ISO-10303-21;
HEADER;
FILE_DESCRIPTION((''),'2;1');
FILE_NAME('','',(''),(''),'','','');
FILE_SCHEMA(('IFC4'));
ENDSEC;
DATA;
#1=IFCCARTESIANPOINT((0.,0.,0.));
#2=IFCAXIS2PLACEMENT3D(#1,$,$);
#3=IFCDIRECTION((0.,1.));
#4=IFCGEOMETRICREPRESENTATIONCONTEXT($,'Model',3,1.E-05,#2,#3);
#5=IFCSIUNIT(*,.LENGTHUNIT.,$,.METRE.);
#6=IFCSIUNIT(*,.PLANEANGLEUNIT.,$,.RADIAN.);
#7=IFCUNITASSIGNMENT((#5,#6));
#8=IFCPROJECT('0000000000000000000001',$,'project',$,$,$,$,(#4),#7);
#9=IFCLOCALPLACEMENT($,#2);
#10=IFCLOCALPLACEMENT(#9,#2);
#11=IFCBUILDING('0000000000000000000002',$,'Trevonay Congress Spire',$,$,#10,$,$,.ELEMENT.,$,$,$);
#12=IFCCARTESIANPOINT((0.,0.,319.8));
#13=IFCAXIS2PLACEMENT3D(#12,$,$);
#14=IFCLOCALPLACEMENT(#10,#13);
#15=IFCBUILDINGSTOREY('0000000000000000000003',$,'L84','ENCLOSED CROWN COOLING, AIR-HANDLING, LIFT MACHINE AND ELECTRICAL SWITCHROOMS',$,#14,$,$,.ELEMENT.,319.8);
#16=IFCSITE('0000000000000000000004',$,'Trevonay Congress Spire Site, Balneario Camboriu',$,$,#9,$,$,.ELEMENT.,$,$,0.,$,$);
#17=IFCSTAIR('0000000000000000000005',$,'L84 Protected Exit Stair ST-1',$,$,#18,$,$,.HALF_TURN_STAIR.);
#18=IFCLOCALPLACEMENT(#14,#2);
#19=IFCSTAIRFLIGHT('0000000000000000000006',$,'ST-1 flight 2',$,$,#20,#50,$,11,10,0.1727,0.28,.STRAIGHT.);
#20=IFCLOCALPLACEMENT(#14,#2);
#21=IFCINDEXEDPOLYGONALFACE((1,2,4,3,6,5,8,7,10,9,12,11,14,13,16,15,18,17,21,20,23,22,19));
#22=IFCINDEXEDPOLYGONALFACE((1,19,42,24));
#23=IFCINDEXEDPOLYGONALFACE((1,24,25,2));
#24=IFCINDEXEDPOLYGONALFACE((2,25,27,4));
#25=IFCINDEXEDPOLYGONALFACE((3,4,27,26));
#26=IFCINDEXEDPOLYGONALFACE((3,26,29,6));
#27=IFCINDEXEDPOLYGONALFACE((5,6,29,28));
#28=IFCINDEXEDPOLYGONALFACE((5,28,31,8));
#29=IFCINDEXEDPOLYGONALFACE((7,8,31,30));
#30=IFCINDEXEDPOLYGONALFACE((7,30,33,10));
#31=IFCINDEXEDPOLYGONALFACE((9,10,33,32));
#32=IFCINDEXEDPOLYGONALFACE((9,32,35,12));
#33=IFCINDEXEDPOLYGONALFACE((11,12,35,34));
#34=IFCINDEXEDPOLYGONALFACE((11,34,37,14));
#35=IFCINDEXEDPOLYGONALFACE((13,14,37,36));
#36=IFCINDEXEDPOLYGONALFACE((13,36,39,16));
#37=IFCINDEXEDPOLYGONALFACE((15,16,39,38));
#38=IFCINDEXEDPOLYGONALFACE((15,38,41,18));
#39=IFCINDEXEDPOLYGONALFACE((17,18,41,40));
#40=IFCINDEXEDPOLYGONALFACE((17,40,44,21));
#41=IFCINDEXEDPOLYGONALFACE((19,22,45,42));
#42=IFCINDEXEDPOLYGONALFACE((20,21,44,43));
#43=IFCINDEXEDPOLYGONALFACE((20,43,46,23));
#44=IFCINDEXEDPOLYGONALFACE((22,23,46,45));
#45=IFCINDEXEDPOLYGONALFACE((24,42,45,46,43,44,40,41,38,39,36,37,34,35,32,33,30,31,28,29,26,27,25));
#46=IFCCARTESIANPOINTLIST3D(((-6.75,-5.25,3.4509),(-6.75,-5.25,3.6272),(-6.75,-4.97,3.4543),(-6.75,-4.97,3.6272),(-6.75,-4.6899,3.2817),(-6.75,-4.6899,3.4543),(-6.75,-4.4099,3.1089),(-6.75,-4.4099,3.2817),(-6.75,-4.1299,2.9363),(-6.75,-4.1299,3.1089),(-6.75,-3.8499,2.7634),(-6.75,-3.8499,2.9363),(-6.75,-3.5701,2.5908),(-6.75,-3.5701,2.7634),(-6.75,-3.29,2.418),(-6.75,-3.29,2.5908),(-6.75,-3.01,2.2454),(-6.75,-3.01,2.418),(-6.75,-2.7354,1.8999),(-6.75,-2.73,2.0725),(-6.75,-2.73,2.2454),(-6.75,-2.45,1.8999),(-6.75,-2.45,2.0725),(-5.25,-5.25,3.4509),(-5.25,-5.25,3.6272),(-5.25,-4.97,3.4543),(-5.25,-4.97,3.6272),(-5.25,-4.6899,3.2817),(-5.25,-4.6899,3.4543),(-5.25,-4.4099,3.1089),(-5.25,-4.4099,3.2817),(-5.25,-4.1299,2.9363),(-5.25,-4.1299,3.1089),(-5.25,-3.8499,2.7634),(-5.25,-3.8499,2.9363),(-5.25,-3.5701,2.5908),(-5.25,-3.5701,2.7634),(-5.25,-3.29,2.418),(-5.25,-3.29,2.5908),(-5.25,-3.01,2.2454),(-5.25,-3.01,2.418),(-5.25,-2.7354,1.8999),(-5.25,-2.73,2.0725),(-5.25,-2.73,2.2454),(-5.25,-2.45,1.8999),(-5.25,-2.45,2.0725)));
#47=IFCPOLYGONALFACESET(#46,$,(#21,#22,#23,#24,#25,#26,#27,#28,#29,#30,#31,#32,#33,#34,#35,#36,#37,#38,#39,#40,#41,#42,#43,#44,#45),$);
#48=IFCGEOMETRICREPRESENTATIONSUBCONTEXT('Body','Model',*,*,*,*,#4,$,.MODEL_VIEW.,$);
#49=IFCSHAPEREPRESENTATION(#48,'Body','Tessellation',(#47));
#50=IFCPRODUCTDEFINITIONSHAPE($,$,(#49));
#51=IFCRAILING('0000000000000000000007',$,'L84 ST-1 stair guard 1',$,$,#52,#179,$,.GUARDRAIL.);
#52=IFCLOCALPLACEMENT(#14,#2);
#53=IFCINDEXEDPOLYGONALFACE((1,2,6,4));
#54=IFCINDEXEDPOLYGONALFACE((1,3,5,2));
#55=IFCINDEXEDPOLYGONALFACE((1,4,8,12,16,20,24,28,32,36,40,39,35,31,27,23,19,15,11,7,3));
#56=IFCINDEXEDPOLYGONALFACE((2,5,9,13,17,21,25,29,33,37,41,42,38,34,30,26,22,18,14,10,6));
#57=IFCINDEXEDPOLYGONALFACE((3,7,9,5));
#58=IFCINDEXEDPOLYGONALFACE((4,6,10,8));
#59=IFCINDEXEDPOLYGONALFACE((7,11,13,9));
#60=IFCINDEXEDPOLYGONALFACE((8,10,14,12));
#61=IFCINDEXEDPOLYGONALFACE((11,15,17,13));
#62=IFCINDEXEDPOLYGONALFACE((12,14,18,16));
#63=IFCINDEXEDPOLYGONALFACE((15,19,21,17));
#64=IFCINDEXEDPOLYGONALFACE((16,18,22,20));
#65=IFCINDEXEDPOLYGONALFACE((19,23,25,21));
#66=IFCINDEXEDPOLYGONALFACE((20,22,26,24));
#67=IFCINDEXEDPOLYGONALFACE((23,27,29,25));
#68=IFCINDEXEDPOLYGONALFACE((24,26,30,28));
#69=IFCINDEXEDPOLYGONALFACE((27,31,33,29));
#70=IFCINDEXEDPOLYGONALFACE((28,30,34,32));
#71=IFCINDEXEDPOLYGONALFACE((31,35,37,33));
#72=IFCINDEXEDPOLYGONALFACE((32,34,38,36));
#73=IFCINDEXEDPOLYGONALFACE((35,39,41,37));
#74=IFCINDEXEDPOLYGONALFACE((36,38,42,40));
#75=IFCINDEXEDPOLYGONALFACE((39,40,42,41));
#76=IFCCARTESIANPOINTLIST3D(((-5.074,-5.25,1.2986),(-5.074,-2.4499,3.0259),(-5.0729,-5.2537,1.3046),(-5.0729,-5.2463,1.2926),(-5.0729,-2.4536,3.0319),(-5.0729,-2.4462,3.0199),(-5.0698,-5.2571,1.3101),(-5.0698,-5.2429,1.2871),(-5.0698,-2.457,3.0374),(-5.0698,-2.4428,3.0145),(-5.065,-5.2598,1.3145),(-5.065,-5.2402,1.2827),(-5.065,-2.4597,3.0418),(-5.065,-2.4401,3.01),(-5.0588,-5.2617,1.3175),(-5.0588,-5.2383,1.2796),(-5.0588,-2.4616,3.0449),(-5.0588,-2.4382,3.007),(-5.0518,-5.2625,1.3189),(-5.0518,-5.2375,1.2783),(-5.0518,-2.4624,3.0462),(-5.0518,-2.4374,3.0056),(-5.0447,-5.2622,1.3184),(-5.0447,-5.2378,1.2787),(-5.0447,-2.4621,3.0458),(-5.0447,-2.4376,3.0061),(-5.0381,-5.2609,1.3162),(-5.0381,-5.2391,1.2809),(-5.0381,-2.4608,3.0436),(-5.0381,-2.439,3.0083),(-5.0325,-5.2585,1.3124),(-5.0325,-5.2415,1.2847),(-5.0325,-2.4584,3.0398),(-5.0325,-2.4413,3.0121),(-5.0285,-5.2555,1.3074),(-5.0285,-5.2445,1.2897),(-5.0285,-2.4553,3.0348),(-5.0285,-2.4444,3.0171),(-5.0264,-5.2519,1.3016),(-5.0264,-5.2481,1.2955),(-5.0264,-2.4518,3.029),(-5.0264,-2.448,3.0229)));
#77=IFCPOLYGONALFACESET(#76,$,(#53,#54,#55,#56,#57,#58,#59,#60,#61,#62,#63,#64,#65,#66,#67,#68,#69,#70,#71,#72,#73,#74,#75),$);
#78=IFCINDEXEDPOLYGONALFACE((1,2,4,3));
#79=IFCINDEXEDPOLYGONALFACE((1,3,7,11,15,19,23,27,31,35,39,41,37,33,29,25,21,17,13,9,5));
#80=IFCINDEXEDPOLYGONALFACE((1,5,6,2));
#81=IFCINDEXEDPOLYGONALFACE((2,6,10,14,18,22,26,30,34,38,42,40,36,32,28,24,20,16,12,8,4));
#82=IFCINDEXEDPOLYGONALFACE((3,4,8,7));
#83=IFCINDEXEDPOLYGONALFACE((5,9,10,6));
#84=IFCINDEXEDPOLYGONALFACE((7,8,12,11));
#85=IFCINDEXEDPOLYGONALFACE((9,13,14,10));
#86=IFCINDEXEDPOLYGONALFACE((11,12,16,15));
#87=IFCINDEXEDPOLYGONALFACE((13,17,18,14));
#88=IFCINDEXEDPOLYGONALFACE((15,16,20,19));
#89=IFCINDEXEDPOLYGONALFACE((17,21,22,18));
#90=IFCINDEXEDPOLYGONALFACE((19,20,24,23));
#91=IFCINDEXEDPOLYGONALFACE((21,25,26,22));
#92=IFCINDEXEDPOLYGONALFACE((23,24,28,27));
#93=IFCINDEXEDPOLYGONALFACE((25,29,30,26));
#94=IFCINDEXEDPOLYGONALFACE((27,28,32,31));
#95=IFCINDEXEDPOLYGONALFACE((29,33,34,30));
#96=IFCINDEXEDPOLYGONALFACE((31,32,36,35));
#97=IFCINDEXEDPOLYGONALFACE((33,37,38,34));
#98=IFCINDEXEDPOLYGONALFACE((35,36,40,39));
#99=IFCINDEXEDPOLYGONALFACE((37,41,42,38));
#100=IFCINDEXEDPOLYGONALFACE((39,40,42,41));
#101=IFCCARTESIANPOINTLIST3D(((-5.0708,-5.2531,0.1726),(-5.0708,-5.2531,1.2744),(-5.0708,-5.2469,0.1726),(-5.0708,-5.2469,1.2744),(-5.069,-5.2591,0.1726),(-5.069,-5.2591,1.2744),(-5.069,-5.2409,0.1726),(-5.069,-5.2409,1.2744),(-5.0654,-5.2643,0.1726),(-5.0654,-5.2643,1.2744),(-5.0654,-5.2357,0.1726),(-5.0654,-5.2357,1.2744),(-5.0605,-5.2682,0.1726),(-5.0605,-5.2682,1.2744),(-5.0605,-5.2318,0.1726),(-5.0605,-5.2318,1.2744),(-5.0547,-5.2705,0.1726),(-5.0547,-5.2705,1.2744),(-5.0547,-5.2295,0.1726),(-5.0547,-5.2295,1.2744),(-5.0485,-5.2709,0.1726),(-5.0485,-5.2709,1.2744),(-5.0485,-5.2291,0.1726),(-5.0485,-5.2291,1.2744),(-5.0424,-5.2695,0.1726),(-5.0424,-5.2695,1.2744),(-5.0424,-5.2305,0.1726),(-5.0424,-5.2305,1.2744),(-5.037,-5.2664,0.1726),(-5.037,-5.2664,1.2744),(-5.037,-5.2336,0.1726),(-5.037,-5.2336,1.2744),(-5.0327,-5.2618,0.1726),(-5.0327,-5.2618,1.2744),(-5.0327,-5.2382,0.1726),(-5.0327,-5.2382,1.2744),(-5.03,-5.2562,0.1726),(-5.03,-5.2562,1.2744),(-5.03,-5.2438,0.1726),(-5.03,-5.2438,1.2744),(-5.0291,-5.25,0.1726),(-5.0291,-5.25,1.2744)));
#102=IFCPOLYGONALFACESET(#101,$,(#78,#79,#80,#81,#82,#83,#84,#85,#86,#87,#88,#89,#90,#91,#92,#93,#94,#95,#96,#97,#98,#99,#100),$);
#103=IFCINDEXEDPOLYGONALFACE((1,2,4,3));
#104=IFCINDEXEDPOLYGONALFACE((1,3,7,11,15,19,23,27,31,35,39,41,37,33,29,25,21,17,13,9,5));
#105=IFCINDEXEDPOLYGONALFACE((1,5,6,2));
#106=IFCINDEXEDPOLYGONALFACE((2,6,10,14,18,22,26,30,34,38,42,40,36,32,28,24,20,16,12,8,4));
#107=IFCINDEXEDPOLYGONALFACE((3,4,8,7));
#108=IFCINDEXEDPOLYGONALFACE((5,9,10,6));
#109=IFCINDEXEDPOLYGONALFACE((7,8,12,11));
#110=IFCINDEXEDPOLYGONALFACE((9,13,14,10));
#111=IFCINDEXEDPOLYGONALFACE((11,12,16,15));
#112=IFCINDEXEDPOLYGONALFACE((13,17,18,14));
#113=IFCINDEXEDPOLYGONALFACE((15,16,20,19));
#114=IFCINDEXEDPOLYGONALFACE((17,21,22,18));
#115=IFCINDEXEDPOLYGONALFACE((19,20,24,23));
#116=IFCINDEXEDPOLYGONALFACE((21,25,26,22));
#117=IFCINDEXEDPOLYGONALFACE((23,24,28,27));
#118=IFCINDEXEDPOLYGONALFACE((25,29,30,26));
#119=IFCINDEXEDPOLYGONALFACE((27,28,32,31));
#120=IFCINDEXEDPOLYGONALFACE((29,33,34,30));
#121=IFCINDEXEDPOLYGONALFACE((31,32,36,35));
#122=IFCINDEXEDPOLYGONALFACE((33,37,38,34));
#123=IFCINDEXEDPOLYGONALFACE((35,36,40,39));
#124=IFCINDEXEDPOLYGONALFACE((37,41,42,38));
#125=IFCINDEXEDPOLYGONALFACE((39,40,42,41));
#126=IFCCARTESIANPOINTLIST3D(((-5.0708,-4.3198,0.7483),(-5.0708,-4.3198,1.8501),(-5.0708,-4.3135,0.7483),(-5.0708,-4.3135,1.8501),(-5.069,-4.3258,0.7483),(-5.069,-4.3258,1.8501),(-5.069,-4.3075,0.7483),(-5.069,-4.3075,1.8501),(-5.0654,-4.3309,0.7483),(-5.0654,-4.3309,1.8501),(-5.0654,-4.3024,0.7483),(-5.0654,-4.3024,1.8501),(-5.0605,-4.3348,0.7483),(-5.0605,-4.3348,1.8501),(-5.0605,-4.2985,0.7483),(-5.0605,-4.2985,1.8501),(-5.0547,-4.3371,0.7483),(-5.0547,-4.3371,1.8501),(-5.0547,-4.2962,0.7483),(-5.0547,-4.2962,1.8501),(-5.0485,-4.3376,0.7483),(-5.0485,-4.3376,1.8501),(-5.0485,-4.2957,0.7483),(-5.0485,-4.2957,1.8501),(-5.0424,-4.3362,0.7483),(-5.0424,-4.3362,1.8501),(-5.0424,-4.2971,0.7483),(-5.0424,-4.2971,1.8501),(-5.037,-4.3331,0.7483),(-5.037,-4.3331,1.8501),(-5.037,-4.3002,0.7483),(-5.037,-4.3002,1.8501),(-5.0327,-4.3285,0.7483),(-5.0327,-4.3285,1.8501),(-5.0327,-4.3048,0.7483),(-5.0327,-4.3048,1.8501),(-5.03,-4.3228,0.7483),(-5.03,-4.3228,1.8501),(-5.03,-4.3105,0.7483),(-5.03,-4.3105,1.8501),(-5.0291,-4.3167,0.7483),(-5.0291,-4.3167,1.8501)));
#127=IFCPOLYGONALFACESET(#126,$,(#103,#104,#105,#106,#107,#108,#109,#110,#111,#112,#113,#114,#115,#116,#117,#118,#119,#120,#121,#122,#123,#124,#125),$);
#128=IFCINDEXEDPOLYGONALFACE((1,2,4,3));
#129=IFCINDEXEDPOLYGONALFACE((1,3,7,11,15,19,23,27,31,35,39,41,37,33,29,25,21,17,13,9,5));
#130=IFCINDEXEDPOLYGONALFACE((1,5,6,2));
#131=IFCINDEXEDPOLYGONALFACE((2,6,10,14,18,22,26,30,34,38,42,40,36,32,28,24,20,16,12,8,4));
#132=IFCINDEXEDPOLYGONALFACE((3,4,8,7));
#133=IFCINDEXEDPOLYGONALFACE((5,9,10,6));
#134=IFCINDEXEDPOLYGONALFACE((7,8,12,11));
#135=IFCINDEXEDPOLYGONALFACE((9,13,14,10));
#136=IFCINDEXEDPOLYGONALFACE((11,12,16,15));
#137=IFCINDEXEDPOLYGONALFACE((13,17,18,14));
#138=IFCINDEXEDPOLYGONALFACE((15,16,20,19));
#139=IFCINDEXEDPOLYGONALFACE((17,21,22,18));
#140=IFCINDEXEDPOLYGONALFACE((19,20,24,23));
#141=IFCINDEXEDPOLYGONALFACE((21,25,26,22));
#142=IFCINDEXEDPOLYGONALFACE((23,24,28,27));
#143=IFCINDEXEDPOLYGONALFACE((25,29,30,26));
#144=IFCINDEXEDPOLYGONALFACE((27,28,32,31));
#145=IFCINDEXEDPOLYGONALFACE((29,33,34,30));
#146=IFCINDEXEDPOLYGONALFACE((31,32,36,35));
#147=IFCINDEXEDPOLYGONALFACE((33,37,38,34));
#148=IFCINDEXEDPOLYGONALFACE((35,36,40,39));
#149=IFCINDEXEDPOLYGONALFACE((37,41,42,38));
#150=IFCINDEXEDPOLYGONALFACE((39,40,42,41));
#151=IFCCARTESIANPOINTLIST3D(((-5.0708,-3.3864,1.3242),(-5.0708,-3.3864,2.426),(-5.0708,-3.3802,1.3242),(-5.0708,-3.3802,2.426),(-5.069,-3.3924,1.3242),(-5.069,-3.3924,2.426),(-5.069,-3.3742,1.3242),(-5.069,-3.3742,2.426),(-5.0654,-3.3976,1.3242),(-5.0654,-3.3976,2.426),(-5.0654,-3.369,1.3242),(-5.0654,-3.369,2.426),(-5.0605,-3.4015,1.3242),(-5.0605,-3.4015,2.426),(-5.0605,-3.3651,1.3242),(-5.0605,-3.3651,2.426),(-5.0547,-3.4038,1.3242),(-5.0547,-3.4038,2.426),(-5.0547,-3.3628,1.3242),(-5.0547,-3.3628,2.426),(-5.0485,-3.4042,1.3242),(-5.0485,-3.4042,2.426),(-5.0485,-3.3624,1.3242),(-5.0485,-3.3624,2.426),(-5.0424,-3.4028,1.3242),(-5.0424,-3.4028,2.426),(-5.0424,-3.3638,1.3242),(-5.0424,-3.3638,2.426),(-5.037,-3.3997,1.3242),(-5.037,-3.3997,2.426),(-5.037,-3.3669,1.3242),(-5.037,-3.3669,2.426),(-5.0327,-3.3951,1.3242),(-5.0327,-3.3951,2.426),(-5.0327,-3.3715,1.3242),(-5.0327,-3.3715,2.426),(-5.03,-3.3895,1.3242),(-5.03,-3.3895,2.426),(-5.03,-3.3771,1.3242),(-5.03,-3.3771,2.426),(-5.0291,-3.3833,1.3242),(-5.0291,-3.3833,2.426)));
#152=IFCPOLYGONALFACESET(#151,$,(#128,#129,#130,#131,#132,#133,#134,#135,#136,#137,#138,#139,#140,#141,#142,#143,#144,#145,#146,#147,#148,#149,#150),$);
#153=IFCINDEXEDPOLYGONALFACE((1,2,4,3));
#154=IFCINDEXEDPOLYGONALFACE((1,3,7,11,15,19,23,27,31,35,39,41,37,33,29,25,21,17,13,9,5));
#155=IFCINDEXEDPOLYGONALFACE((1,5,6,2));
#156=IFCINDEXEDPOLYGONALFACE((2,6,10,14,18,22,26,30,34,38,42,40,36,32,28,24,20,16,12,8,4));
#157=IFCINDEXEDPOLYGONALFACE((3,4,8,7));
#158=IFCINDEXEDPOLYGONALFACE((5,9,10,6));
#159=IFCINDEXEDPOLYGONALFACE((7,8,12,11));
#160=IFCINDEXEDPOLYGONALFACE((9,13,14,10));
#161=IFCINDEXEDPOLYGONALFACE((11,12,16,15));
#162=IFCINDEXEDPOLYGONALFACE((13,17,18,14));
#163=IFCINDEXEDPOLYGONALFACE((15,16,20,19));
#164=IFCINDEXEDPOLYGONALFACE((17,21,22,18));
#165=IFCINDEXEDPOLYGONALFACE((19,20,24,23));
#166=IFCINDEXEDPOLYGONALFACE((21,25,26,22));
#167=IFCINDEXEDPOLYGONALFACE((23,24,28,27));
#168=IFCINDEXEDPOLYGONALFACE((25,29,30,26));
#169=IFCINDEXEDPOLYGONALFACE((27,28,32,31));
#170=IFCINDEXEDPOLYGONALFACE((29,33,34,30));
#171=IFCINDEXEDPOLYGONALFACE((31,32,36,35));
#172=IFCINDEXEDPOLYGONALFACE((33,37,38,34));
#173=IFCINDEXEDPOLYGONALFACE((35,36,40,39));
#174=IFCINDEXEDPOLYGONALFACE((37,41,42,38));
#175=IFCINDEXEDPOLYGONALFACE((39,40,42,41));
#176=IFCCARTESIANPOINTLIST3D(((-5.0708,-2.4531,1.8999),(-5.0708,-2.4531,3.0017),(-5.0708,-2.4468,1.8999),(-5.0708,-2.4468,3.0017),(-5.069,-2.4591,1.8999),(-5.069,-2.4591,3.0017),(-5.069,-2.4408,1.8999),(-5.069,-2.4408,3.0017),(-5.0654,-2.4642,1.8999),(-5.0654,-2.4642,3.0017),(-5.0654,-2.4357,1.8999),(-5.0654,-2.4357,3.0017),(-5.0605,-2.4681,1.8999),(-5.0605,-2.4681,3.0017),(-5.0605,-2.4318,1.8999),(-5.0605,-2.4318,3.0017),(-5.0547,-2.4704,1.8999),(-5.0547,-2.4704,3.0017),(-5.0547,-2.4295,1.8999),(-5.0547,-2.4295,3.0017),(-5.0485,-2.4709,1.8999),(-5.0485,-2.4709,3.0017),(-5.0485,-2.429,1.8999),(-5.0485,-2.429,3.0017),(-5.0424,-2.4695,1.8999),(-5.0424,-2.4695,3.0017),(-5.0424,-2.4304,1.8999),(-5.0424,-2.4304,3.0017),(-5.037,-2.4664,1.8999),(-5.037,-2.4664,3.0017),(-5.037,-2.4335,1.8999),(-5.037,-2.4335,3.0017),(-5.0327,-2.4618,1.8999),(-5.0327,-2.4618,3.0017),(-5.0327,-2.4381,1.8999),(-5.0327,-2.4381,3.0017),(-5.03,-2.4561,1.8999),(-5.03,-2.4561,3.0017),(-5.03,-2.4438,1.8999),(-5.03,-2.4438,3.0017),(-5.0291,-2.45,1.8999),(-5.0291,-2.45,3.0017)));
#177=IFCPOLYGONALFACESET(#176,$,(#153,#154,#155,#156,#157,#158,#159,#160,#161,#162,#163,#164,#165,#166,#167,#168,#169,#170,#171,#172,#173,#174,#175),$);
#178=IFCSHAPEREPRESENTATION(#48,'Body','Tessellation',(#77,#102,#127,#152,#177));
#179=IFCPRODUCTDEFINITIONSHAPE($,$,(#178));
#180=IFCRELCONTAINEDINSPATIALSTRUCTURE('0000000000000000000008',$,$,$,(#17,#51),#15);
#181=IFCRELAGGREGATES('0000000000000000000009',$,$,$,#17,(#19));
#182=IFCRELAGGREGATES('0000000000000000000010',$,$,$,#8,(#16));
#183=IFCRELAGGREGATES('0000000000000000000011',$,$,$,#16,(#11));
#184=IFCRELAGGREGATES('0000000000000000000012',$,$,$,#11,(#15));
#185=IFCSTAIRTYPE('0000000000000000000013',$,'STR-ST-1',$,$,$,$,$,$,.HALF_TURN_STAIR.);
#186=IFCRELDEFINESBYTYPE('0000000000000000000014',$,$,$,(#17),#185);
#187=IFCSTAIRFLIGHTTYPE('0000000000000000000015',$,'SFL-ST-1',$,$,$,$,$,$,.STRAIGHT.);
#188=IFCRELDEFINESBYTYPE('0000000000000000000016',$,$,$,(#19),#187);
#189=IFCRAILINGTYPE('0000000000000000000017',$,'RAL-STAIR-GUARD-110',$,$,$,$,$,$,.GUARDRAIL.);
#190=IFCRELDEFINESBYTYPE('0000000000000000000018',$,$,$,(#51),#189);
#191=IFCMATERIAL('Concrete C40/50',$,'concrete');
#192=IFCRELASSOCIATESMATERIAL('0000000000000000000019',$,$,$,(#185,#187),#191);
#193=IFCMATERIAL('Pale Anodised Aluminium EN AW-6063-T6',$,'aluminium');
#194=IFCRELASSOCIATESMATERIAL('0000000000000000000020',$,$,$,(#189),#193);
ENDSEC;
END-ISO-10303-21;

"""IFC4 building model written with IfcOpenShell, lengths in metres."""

from ifc_helpers import new_model, si_unit, direction, frame, origin, origin_2d, place, context, subcontext, project, spatial, polyline, circle, outline, extrude, material, type_object, element, aggregate, save


model = new_model("IFC4")

# Units and contexts
model_context = context("Model", 3, precision=1e-05, world=origin(), true_north=direction((0.0, 1.0)))
body_context = subcontext(model_context, "Body", "Model", "MODEL_VIEW")
ifc_project = project(units=[si_unit("LENGTHUNIT", "METRE"), si_unit("PLANEANGLEUNIT", "RADIAN")], contexts=[model_context])

# Site, building, storey
site_placement = place(None, origin())
site = spatial("IfcSite", under=ifc_project, at=site_placement, Name="Trevonay Congress Spire Site, Balneario Camboriu", CompositionType="ELEMENT", RefElevation=0.0)
building_placement = place(site_placement, origin())
building = spatial("IfcBuilding", under=site, at=building_placement, Name="Trevonay Congress Spire", CompositionType="ELEMENT")
storey_placement = place(building_placement, frame((0.0, 0.0, 319.8)))
storey = spatial("IfcBuildingStorey", under=building, at=storey_placement, Name="L84", Description="ENCLOSED CROWN COOLING, AIR-HANDLING, LIFT MACHINE AND ELECTRICAL SWITCHROOMS", CompositionType="ELEMENT", Elevation=319.8)

# Shared definitions
ifc_material_1 = material(Name="Concrete C40/50", Category="concrete")

# Stair, stair flight
stair_type = type_object("IfcStairType", Name="STR-ST-1", PredefinedType="HALF_TURN_STAIR", material=ifc_material_1)
stair_placement = place(storey_placement, origin())
stair = element("IfcStair", 1, at=stair_placement, inside=storey, type_object=stair_type, Name="L84 Protected Exit Stair ST-1", PredefinedType="HALF_TURN_STAIR")
stair_flight_type = type_object("IfcStairFlightType", Name="SFL-ST-1", PredefinedType="STRAIGHT", material=ifc_material_1)
stair_flight_1_placement = place(storey_placement, frame((-6.0, -2.45, 1.8999), z_axis=(0.0, 0.0, 1.0), x_axis=(0.0, -1.0, 0.0)))
stair_flight_1 = element("IfcStairFlight", 2, at=stair_flight_1_placement, type_object=stair_flight_type, Name="ST-1 flight 2", NumberOfRisers=11, NumberOfTreads=10, PredefinedType="STRAIGHT", RiserHeight=0.1727, TreadLength=0.28, context=body_context, shape_type="SweptSolid", body=[
    extrude(outline(polyline([(0.0, 0.0), (0.0, 0.1726), (0.28, 0.1726), (0.28, 0.3455), (0.5601, 0.3455), (0.5601, 0.5181), (0.8401, 0.5181), (0.8401, 0.6909), (1.1201, 0.6909), (1.1201, 0.8635), (1.3999, 0.8635), (1.3999, 1.0364), (1.6799, 1.0364), (1.6799, 1.209), (1.96, 1.209), (1.96, 1.3818), (2.24, 1.3818), (2.24, 1.5544), (2.52, 1.5544), (2.52, 1.7273), (2.8, 1.7273), (2.8, 1.8999), (2.8, 1.551), (0.2854, 0.0), (0.0, 0.0)])), frame((0.0, 0.75, 0.0), z_axis=(0.0, -1.0, 0.0), x_axis=(1.0, 0.0, 0.0)), (0.0, 0.0, 1.0), 1.5),
])
aggregate(stair, [stair_flight_1])

# Railing
ifc_material_2 = material(Name="Pale Anodised Aluminium EN AW-6063-T6", Category="aluminium")
railing_type_1 = type_object("IfcRailingType", Name="RAL-STAIR-GUARD-110", PredefinedType="GUARDRAIL", material=ifc_material_2)
railing_1_placement = place(storey_placement, frame((-5.05, -5.25, 0.1726)))
element("IfcRailing", 3, at=railing_1_placement, inside=storey, type_object=railing_type_1, Name="L84 ST-1 stair guard 1", PredefinedType="GUARDRAIL", context=body_context, shape_type="SweptSolid", body=[
    extrude(circle(Radius=0.0239, at=origin_2d()), frame((0.0, 0.0, 1.126), z_axis=(0.0, 0.85109, 0.52502), x_axis=(-1.0, 0.0, 0.0)), (0.0, 0.0, 1.0), 3.29),
    extrude(circle(Radius=0.021, at=origin_2d()), origin(), (0.0, 0.0, 1.0), 1.1018),
    extrude(circle(Radius=0.021, at=origin_2d()), frame((0.0, 0.9333, 0.5757)), (0.0, 0.0, 1.0), 1.1018),
    extrude(circle(Radius=0.021, at=origin_2d()), frame((0.0, 1.8667, 1.1516)), (0.0, 0.0, 1.0), 1.1018),
    extrude(circle(Radius=0.021, at=origin_2d()), frame((0.0, 2.8, 1.7273)), (0.0, 0.0, 1.0), 1.1018),
])

save(model, "model.ifc")
